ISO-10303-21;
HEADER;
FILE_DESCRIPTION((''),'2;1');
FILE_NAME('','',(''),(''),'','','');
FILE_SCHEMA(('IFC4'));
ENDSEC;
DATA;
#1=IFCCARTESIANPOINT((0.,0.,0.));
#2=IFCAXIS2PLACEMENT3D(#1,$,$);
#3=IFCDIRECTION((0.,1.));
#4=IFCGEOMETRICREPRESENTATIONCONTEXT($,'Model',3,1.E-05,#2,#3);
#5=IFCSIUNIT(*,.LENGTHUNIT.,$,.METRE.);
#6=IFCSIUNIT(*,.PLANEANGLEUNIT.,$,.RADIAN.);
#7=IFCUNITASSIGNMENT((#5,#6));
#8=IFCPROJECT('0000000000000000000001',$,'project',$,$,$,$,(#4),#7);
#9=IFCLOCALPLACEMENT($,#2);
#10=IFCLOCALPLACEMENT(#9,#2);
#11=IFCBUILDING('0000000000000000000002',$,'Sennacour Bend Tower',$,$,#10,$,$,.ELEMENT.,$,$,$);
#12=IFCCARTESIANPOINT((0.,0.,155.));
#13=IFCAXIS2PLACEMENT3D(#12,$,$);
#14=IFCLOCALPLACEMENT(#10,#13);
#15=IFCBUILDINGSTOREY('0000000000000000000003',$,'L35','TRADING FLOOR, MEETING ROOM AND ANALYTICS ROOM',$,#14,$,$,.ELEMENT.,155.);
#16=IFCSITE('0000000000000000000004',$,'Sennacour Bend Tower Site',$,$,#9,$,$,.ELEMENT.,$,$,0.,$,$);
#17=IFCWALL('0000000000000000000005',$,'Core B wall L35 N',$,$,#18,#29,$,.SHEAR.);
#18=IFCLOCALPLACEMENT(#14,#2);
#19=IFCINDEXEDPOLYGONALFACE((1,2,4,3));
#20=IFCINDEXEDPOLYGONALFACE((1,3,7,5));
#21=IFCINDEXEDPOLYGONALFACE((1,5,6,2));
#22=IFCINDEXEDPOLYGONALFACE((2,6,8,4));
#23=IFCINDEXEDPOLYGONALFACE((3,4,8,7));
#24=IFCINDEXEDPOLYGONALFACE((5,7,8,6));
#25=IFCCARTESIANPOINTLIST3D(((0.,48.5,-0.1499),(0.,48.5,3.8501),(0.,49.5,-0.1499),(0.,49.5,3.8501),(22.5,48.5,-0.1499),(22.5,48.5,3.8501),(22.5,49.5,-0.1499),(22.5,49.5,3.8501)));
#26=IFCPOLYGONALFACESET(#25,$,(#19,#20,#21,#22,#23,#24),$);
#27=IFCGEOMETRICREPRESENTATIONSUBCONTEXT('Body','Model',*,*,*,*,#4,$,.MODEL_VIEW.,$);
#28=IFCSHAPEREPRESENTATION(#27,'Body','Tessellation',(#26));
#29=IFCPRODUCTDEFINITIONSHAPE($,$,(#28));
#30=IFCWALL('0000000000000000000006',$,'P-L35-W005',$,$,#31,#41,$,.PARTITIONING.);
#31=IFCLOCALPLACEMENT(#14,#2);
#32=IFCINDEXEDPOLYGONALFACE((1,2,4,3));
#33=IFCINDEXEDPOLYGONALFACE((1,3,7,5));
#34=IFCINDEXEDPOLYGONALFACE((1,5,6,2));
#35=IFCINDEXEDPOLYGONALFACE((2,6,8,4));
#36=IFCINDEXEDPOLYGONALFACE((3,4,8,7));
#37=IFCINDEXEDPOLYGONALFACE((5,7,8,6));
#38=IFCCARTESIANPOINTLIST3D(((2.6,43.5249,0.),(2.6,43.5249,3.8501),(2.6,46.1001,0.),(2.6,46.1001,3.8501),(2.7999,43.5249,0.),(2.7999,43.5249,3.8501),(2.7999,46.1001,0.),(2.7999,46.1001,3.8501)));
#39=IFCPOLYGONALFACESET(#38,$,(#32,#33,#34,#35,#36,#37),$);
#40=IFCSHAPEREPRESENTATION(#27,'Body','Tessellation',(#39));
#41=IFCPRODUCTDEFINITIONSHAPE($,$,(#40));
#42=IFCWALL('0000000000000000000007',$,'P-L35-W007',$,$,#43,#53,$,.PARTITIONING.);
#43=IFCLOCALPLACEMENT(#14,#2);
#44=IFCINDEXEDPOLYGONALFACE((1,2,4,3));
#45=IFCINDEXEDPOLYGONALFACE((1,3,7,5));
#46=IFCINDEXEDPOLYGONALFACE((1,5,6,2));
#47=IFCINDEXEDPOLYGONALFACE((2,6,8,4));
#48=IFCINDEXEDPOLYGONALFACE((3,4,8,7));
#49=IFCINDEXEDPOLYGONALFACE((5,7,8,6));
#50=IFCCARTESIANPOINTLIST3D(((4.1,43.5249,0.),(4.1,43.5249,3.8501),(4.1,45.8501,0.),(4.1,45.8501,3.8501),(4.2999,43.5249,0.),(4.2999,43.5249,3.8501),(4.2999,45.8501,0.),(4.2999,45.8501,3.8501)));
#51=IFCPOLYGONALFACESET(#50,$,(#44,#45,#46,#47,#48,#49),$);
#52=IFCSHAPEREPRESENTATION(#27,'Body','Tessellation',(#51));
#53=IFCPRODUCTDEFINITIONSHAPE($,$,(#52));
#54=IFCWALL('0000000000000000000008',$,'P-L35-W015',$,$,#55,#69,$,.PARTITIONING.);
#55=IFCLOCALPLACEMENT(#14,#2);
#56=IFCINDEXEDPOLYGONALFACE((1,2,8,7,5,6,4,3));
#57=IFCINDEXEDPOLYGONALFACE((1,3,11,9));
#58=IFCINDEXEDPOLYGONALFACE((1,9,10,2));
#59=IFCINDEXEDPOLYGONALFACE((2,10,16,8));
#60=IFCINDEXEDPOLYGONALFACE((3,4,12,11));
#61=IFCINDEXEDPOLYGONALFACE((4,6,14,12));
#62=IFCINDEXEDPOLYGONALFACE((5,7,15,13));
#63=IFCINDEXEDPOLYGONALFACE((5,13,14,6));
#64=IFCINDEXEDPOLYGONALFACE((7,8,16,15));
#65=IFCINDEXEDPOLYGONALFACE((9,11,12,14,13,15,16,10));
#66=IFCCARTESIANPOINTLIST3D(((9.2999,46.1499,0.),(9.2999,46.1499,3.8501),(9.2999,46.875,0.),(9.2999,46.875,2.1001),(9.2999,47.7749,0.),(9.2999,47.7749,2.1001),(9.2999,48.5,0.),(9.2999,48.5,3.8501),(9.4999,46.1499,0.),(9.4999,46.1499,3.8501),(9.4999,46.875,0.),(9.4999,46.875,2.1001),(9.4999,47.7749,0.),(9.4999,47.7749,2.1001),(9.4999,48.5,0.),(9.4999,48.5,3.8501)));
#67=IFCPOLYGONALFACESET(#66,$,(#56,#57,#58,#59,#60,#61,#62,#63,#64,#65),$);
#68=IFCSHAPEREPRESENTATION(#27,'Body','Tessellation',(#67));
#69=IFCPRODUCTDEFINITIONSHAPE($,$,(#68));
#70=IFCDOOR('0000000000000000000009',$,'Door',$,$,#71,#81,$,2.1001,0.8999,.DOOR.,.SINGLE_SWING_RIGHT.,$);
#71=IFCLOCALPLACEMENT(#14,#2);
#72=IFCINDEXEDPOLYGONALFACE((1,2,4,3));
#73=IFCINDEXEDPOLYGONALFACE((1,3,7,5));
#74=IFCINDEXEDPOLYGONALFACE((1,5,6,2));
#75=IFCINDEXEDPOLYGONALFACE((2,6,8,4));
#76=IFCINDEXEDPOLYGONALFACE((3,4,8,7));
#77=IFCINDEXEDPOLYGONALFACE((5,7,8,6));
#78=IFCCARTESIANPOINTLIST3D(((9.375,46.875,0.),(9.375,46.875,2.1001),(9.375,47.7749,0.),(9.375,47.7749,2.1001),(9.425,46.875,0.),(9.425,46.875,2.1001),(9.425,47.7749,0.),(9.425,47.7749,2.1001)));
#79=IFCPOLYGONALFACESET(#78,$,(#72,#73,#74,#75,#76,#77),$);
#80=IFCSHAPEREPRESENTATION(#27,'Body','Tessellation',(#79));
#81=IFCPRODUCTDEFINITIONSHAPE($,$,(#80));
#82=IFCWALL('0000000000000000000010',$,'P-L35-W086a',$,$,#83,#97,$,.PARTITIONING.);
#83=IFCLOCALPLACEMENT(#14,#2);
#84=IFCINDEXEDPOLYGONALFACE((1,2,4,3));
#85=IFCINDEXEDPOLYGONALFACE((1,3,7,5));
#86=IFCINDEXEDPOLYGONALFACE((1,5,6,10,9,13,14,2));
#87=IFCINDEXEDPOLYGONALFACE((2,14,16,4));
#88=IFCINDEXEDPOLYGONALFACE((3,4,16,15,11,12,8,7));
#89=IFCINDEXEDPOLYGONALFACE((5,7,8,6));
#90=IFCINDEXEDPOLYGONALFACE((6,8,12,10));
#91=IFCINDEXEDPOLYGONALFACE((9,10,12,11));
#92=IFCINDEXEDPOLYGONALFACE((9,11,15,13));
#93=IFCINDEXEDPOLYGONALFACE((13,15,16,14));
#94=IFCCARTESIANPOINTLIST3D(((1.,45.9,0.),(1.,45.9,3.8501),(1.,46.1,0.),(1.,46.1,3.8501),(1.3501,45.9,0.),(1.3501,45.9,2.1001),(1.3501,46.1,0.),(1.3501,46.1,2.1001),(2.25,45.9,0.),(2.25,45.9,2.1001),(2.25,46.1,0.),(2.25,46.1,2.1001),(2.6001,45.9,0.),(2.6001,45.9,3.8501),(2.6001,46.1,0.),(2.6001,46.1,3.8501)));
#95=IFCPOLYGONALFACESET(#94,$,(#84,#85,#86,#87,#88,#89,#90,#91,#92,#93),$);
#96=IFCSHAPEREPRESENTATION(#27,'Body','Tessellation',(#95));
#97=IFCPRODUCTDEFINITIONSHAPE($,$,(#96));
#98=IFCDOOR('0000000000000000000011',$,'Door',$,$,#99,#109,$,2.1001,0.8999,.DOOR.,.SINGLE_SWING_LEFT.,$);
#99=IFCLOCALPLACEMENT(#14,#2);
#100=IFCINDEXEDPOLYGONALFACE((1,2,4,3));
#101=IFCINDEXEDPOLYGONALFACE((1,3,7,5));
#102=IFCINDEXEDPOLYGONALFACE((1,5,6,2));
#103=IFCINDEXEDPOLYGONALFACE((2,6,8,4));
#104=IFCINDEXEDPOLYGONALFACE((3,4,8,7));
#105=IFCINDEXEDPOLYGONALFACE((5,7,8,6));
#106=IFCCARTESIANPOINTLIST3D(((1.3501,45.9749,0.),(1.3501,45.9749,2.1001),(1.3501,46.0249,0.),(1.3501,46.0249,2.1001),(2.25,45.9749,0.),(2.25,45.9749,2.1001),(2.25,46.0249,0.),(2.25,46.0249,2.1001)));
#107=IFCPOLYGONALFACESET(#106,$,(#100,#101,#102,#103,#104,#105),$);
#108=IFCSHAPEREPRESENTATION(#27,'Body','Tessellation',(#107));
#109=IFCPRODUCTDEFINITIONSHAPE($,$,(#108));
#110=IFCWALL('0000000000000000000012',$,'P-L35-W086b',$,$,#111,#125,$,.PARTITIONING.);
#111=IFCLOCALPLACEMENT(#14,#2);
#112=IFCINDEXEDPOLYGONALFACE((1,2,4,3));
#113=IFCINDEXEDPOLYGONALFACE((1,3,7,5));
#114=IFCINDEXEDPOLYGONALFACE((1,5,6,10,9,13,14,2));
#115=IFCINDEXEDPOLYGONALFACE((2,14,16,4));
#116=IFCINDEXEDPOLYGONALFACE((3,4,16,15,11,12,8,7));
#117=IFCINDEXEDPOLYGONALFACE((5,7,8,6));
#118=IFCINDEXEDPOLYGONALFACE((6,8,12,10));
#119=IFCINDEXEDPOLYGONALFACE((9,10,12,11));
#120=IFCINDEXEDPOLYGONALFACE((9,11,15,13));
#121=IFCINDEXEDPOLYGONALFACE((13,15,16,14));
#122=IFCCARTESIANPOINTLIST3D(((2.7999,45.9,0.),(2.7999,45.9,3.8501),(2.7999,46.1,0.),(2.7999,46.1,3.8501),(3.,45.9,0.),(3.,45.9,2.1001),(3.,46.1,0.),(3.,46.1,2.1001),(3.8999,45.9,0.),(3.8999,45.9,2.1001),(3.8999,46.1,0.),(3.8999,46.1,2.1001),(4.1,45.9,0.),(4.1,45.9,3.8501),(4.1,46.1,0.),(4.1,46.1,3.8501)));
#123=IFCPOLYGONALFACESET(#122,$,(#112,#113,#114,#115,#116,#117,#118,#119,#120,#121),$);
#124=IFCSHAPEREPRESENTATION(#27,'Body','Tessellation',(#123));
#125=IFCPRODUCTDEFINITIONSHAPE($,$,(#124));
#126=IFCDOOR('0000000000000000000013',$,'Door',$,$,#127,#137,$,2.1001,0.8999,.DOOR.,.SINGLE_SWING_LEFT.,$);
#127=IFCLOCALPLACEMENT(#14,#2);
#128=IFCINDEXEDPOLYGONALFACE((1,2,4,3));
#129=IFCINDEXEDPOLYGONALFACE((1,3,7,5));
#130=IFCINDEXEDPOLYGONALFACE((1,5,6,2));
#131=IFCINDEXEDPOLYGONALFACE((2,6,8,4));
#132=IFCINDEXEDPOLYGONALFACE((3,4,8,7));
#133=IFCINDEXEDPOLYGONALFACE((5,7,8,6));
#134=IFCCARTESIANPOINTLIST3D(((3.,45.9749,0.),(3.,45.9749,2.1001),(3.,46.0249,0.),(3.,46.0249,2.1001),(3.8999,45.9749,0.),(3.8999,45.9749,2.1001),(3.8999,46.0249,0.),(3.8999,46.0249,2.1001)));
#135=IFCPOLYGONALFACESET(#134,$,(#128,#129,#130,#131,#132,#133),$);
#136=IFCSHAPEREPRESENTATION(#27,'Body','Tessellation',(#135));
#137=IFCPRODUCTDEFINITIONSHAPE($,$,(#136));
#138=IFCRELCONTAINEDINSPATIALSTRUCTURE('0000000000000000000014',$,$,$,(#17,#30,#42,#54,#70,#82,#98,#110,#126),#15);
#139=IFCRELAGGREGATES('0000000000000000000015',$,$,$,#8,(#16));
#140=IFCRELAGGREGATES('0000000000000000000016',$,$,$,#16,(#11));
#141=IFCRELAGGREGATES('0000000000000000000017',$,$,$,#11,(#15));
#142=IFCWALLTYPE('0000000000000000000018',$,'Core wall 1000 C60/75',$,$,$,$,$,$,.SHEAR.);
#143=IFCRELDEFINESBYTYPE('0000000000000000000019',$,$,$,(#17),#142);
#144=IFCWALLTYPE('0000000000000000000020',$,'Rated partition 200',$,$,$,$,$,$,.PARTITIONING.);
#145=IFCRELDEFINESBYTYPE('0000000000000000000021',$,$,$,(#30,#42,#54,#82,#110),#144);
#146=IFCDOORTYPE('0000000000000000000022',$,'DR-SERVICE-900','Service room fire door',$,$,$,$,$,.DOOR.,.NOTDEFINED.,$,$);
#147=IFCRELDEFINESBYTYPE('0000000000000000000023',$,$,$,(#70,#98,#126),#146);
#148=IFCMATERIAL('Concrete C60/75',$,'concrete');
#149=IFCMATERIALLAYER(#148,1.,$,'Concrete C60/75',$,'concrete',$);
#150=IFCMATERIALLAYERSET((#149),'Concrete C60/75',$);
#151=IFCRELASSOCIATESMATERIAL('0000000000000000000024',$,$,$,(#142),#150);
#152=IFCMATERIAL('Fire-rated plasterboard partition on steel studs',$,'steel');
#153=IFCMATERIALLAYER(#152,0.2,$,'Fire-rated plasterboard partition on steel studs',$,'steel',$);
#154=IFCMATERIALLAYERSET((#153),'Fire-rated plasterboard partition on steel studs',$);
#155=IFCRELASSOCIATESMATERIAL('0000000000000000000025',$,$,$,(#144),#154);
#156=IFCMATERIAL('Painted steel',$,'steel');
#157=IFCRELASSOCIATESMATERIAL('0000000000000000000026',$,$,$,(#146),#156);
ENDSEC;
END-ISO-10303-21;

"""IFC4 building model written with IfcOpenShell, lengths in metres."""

from ifc_helpers import new_model, si_unit, direction, frame, frame_2d, origin, place, context, subcontext, project, spatial, rectangle, extrude, material, layer, layer_set, type_object, element, fill, save


model = new_model("IFC4")

# Units and contexts
model_context = context("Model", 3, precision=1e-05, world=origin(), true_north=direction((0.0, 1.0)))
body_context = subcontext(model_context, "Body", "Model", "MODEL_VIEW")
ifc_project = project(units=[si_unit("LENGTHUNIT", "METRE"), si_unit("PLANEANGLEUNIT", "RADIAN")], contexts=[model_context])

# Site, building, storey
site_placement = place(None, origin())
site = spatial("IfcSite", under=ifc_project, at=site_placement, Name="Sennacour Bend Tower Site", CompositionType="ELEMENT", RefElevation=0.0)
building_placement = place(site_placement, origin())
building = spatial("IfcBuilding", under=site, at=building_placement, Name="Sennacour Bend Tower", CompositionType="ELEMENT")
storey_placement = place(building_placement, frame((0.0, 0.0, 155.0)))
storey = spatial("IfcBuildingStorey", under=building, at=storey_placement, Name="L35", Description="TRADING FLOOR, MEETING ROOM AND ANALYTICS ROOM", CompositionType="ELEMENT", Elevation=155.0)

# Walls
ifc_material_1 = material(Name="Concrete C60/75", Category="concrete")
ifc_layer_1 = layer(ifc_material_1, 1.0, Name="Concrete C60/75", Category="concrete")
ifc_layer_set_1 = layer_set([ifc_layer_1], Name="Concrete C60/75")
wall_type_1 = type_object("IfcWallType", Name="Core wall 1000 C60/75", PredefinedType="SHEAR", material=ifc_layer_set_1)
wall_1_placement = place(storey_placement, frame((0.0, 49.0, -0.1499), z_axis=(0.0, 0.0, 1.0), x_axis=(1.0, 0.0, 0.0)))
element("IfcWall", 1, at=wall_1_placement, inside=storey, type_object=wall_type_1, Name="Core B wall L35 N", PredefinedType="SHEAR", context=body_context, shape_type="SweptSolid", body=[
    extrude(rectangle(XDim=22.5, YDim=1.0, at=frame_2d((11.25, 0.0))), origin(), (0.0, 0.0, 1.0), 4.0),
])
ifc_material_2 = material(Name="Fire-rated plasterboard partition on steel studs", Category="steel")
ifc_layer_2 = layer(ifc_material_2, 0.2, Name="Fire-rated plasterboard partition on steel studs", Category="steel")
ifc_layer_set_2 = layer_set([ifc_layer_2], Name="Fire-rated plasterboard partition on steel studs")
wall_type_2 = type_object("IfcWallType", Name="Rated partition 200", PredefinedType="PARTITIONING", material=ifc_layer_set_2)
wall_2_placement = place(storey_placement, frame((2.7, 43.5249, 0.0), z_axis=(0.0, 0.0, 1.0), x_axis=(0.0, 1.0, 0.0)))
element("IfcWall", 2, at=wall_2_placement, inside=storey, type_object=wall_type_2, Name="P-L35-W005", PredefinedType="PARTITIONING", context=body_context, shape_type="SweptSolid", body=[
    extrude(rectangle(XDim=2.5752, YDim=0.2, at=frame_2d((1.2876, 0.0))), origin(), (0.0, 0.0, 1.0), 3.8501),
])
wall_3_placement = place(storey_placement, frame((4.2, 43.5249, 0.0), z_axis=(0.0, 0.0, 1.0), x_axis=(0.0, 1.0, 0.0)))
element("IfcWall", 3, at=wall_3_placement, inside=storey, type_object=wall_type_2, Name="P-L35-W007", PredefinedType="PARTITIONING", context=body_context, shape_type="SweptSolid", body=[
    extrude(rectangle(XDim=2.3252, YDim=0.2, at=frame_2d((1.1626, 0.0))), origin(), (0.0, 0.0, 1.0), 3.8501),
])

# Walls, openings, doors
wall_4_placement = place(storey_placement, frame((9.3999, 46.1499, 0.0), z_axis=(0.0, 0.0, 1.0), x_axis=(0.0, 1.0, 0.0)))
wall_4 = element("IfcWall", 4, at=wall_4_placement, inside=storey, type_object=wall_type_2, Name="P-L35-W015", PredefinedType="PARTITIONING", context=body_context, shape_type="SweptSolid", body=[
    extrude(rectangle(XDim=2.3501, YDim=0.2, at=frame_2d((1.175, 0.0))), origin(), (0.0, 0.0, 1.0), 3.8501),
])
opening_1_placement = place(wall_4_placement, frame((0.7251, 0.0, 0.0)))
opening_1 = element("IfcOpeningElement", 5, at=opening_1_placement, cuts=wall_4, PredefinedType="OPENING", context=body_context, shape_type="SweptSolid", body=[
    extrude(rectangle(XDim=0.8999, YDim=2.1001, at=frame_2d((0.45, 1.05))), frame((0.0, 0.1099, 0.0), z_axis=(0.0, -1.0, 0.0), x_axis=(1.0, 0.0, 0.0)), (0.0, 0.0, 1.0), 0.22),
])
ifc_material_3 = material(Name="Painted steel", Category="steel")
door_type_1 = type_object("IfcDoorType", Name="DR-SERVICE-900", Description="Service room fire door", OperationType="NOTDEFINED", PredefinedType="DOOR", material=ifc_material_3)
door_1_placement = place(opening_1_placement, origin())
door_1 = element("IfcDoor", 6, at=door_1_placement, inside=storey, type_object=door_type_1, Name="Door", OperationType="SINGLE_SWING_RIGHT", OverallHeight=2.1001, OverallWidth=0.8999, PredefinedType="DOOR", context=body_context, shape_type="SweptSolid", body=[
    extrude(rectangle(XDim=0.8999, YDim=2.1001, at=frame_2d((0.45, 1.05))), frame((0.0, 0.0249, 0.0), z_axis=(0.0, -1.0, 0.0), x_axis=(1.0, 0.0, 0.0)), (0.0, 0.0, 1.0), 0.05),
])
fill(opening_1, door_1)
wall_5_placement = place(storey_placement, frame((1.0, 46.0, 0.0), z_axis=(0.0, 0.0, 1.0), x_axis=(1.0, 0.0, 0.0)))
wall_5 = element("IfcWall", 7, at=wall_5_placement, inside=storey, type_object=wall_type_2, Name="P-L35-W086a", PredefinedType="PARTITIONING", context=body_context, shape_type="SweptSolid", body=[
    extrude(rectangle(XDim=1.6001, YDim=0.2, at=frame_2d((0.8, 0.0))), origin(), (0.0, 0.0, 1.0), 3.8501),
])
opening_2_placement = place(wall_5_placement, frame((0.3501, 0.0, 0.0)))
opening_2 = element("IfcOpeningElement", 8, at=opening_2_placement, cuts=wall_5, PredefinedType="OPENING", context=body_context, shape_type="SweptSolid", body=[
    extrude(rectangle(XDim=0.8999, YDim=2.1001, at=frame_2d((0.45, 1.05))), frame((0.0, 0.1099, 0.0), z_axis=(0.0, -1.0, 0.0), x_axis=(1.0, 0.0, 0.0)), (0.0, 0.0, 1.0), 0.22),
])
door_2_placement = place(opening_2_placement, origin())
door_2 = element("IfcDoor", 9, at=door_2_placement, inside=storey, type_object=door_type_1, Name="Door", OperationType="SINGLE_SWING_LEFT", OverallHeight=2.1001, OverallWidth=0.8999, PredefinedType="DOOR", context=body_context, shape_type="SweptSolid", body=[
    extrude(rectangle(XDim=0.8999, YDim=2.1001, at=frame_2d((0.45, 1.05))), frame((0.0, 0.0249, 0.0), z_axis=(0.0, -1.0, 0.0), x_axis=(1.0, 0.0, 0.0)), (0.0, 0.0, 1.0), 0.05),
])
fill(opening_2, door_2)
wall_6_placement = place(storey_placement, frame((2.8, 46.0, 0.0), z_axis=(0.0, 0.0, 1.0), x_axis=(1.0, 0.0, 0.0)))
wall_6 = element("IfcWall", 10, at=wall_6_placement, inside=storey, type_object=wall_type_2, Name="P-L35-W086b", PredefinedType="PARTITIONING", context=body_context, shape_type="SweptSolid", body=[
    extrude(rectangle(XDim=1.3, YDim=0.2, at=frame_2d((0.6499, 0.0))), origin(), (0.0, 0.0, 1.0), 3.8501),
])
opening_3_placement = place(wall_6_placement, frame((0.2, 0.0, 0.0)))
opening_3 = element("IfcOpeningElement", 11, at=opening_3_placement, cuts=wall_6, PredefinedType="OPENING", context=body_context, shape_type="SweptSolid", body=[
    extrude(rectangle(XDim=0.8999, YDim=2.1001, at=frame_2d((0.45, 1.05))), frame((0.0, 0.1099, 0.0), z_axis=(0.0, -1.0, 0.0), x_axis=(1.0, 0.0, 0.0)), (0.0, 0.0, 1.0), 0.22),
])
door_3_placement = place(opening_3_placement, origin())
door_3 = element("IfcDoor", 12, at=door_3_placement, inside=storey, type_object=door_type_1, Name="Door", OperationType="SINGLE_SWING_LEFT", OverallHeight=2.1001, OverallWidth=0.8999, PredefinedType="DOOR", context=body_context, shape_type="SweptSolid", body=[
    extrude(rectangle(XDim=0.8999, YDim=2.1001, at=frame_2d((0.45, 1.05))), frame((0.0, 0.0249, 0.0), z_axis=(0.0, -1.0, 0.0), x_axis=(1.0, 0.0, 0.0)), (0.0, 0.0, 1.0), 0.05),
])
fill(opening_3, door_3)

save(model, "model.ifc")
